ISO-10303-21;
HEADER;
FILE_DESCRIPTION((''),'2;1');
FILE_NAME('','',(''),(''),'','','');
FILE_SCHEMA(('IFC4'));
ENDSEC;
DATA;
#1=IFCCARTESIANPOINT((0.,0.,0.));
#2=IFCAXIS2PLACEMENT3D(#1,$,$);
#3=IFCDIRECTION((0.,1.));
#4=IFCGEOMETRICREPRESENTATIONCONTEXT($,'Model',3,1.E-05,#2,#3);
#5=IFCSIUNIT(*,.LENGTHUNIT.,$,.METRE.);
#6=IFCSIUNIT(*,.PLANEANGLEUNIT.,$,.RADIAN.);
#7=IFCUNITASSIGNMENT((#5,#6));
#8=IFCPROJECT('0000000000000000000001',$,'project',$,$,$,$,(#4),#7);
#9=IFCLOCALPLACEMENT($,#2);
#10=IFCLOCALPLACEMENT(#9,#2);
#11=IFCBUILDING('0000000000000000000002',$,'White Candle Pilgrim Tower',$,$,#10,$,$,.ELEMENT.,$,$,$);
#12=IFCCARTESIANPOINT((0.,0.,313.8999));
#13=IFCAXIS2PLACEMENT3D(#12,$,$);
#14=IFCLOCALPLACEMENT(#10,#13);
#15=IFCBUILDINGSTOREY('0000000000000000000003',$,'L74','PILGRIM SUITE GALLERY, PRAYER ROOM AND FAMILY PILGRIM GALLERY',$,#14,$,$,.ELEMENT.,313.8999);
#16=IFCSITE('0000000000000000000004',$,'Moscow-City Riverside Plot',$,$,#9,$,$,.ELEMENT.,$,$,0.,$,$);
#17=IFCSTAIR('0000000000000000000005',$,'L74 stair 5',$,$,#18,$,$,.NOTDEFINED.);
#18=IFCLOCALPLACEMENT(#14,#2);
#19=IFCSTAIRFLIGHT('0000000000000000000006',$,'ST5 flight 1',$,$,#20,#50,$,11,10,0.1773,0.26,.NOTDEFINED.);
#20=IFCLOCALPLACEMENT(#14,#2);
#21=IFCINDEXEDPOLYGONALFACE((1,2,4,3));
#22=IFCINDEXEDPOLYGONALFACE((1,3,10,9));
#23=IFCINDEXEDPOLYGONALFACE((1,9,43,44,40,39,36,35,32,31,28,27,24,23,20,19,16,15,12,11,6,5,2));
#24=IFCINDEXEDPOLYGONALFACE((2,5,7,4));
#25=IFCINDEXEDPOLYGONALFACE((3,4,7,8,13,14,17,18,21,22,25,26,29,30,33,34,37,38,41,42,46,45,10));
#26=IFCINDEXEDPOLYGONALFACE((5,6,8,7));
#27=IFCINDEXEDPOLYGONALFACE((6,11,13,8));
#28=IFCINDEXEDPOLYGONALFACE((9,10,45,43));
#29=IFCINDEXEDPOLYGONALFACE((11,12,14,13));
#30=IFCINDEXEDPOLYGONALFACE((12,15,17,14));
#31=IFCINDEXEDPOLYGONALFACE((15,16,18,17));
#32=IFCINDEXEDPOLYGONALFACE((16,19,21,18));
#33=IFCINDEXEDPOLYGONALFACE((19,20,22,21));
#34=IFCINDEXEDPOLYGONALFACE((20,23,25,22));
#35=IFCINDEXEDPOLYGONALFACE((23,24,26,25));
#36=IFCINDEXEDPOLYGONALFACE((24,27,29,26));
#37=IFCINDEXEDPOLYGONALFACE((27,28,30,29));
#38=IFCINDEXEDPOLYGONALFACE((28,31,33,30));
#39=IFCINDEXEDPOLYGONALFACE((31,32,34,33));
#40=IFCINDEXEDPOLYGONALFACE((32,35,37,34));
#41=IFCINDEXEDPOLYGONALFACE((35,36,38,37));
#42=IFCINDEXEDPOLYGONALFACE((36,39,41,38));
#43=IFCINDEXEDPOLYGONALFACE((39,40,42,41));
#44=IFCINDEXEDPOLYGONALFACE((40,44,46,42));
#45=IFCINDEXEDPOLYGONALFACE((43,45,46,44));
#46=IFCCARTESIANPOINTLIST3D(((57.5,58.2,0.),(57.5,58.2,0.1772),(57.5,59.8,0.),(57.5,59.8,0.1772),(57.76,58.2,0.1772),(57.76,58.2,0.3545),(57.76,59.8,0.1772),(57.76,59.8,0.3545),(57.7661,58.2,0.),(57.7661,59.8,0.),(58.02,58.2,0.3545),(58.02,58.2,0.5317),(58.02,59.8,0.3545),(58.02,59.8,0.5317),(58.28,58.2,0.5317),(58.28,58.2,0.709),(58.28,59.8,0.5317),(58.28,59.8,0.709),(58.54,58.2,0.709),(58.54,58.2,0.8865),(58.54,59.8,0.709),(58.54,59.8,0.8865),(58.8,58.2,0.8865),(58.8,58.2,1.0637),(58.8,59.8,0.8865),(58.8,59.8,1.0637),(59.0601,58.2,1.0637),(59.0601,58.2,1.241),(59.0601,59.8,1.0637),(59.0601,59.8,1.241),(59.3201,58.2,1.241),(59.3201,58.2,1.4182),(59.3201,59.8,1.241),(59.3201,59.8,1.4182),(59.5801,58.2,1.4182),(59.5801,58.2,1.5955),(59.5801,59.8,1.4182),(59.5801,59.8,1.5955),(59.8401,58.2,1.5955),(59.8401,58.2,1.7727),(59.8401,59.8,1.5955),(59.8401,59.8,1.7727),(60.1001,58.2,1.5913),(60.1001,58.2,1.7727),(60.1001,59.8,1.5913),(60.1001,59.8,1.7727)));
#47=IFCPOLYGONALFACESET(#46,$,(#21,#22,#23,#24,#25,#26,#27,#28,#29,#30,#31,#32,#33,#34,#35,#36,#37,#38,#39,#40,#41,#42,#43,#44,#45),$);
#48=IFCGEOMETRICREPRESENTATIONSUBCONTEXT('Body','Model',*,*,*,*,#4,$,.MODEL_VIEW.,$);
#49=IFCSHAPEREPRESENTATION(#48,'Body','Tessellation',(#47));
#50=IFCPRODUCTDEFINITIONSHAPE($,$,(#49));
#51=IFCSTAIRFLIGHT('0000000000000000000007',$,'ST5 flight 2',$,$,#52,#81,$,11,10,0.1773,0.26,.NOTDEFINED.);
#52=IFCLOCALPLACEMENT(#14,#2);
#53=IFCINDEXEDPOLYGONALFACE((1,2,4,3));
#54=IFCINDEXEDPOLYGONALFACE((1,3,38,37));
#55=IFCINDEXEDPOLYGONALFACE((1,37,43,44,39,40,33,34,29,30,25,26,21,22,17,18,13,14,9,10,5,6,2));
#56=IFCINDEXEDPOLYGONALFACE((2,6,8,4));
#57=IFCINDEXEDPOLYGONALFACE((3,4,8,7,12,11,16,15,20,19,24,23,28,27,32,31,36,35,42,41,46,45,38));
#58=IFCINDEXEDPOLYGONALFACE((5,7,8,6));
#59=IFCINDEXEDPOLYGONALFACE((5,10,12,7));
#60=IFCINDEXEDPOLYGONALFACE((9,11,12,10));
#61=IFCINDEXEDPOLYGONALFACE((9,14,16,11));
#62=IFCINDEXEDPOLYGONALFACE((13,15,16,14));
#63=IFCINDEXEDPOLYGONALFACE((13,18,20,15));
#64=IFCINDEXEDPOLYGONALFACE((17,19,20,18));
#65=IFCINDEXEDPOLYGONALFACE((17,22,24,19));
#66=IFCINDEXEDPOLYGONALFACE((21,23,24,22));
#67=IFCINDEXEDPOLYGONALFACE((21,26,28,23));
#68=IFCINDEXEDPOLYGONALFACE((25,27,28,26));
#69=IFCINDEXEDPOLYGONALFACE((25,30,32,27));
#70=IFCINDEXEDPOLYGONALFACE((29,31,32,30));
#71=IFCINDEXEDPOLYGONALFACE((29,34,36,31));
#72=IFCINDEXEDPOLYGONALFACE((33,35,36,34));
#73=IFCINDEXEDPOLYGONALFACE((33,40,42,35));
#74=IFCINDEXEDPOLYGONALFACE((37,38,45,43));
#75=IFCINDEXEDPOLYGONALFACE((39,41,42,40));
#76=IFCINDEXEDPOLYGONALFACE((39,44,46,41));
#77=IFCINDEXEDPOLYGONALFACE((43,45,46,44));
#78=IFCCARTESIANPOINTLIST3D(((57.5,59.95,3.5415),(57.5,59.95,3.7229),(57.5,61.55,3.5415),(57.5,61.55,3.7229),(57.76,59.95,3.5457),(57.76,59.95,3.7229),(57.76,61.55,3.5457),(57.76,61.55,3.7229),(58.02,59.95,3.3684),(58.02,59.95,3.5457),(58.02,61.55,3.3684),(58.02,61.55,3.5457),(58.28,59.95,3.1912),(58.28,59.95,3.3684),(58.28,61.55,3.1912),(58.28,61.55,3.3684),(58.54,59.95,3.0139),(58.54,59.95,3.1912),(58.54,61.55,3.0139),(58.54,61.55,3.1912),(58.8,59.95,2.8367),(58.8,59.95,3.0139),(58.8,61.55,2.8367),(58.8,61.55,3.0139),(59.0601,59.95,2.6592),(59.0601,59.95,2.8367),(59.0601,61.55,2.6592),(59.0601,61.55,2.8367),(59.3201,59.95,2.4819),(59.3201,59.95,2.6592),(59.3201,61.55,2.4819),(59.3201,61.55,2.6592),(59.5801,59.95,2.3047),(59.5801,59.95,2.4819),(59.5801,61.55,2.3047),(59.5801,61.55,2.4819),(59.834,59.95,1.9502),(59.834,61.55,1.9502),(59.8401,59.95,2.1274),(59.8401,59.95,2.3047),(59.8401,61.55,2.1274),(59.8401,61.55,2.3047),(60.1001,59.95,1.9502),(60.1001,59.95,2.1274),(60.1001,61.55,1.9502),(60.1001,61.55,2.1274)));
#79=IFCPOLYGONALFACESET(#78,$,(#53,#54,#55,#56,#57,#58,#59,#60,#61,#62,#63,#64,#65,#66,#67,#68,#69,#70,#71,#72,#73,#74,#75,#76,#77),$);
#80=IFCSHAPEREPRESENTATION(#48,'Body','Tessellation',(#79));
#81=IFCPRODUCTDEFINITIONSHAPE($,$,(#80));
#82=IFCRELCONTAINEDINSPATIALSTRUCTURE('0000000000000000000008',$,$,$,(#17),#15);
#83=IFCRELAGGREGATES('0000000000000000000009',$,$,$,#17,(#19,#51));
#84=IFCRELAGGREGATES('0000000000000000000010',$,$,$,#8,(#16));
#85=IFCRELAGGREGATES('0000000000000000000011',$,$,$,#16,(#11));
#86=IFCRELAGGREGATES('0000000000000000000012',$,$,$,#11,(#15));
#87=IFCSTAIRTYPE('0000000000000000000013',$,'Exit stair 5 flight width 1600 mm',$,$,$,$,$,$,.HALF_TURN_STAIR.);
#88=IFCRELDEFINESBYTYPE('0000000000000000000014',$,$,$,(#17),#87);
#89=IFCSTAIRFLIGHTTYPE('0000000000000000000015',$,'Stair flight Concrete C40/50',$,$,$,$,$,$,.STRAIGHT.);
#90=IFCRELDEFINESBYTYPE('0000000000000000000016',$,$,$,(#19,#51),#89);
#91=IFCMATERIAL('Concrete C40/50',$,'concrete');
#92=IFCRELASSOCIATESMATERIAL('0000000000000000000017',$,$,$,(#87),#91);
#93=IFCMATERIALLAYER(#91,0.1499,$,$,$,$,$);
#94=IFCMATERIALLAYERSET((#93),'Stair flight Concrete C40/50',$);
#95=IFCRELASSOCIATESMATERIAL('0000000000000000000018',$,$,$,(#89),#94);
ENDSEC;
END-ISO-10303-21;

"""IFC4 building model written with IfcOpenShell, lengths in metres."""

from ifc_helpers import new_model, si_unit, direction, frame, origin, place, context, subcontext, project, spatial, polyline, outline, extrude, material, layer, layer_set, type_object, element, aggregate, save


model = new_model("IFC4")

# Units and contexts
model_context = context("Model", 3, precision=1e-05, world=origin(), true_north=direction((0.0, 1.0)))
body_context = subcontext(model_context, "Body", "Model", "MODEL_VIEW")
ifc_project = project(units=[si_unit("LENGTHUNIT", "METRE"), si_unit("PLANEANGLEUNIT", "RADIAN")], contexts=[model_context])

# Site, building, storey
site_placement = place(None, origin())
site = spatial("IfcSite", under=ifc_project, at=site_placement, Name="Moscow-City Riverside Plot", CompositionType="ELEMENT", RefElevation=0.0)
building_placement = place(site_placement, origin())
building = spatial("IfcBuilding", under=site, at=building_placement, Name="White Candle Pilgrim Tower", CompositionType="ELEMENT")
storey_placement = place(building_placement, frame((0.0, 0.0, 313.8999)))
storey = spatial("IfcBuildingStorey", under=building, at=storey_placement, Name="L74", Description="PILGRIM SUITE GALLERY, PRAYER ROOM AND FAMILY PILGRIM GALLERY", CompositionType="ELEMENT", Elevation=313.8999)

# Shared definitions
ifc_material_1 = material(Name="Concrete C40/50", Category="concrete")

# Stair, stair flights
stair_type = type_object("IfcStairType", Name="Exit stair 5 flight width 1600 mm", PredefinedType="HALF_TURN_STAIR", material=ifc_material_1)
stair_placement = place(storey_placement, origin())
stair = element("IfcStair", 1, at=stair_placement, inside=storey, type_object=stair_type, Name="L74 stair 5", PredefinedType="NOTDEFINED")
ifc_layer_1 = layer(ifc_material_1, 0.1499)
ifc_layer_set_1 = layer_set([ifc_layer_1], Name="Stair flight Concrete C40/50")
stair_flight_type = type_object("IfcStairFlightType", Name="Stair flight Concrete C40/50", PredefinedType="STRAIGHT", material=ifc_layer_set_1)
stair_flight_1_placement = place(storey_placement, frame((57.5, 59.0, 0.0), z_axis=(0.0, 0.0, 1.0), x_axis=(1.0, 0.0, 0.0)))
stair_flight_1 = element("IfcStairFlight", 2, at=stair_flight_1_placement, type_object=stair_flight_type, Name="ST5 flight 1", NumberOfRisers=11, NumberOfTreads=10, PredefinedType="NOTDEFINED", RiserHeight=0.1773, TreadLength=0.26, context=body_context, shape_type="SweptSolid", body=[
    extrude(outline(polyline([(0.0, 0.0), (0.0, 0.1772), (0.26, 0.1772), (0.26, 0.3545), (0.52, 0.3545), (0.52, 0.5317), (0.78, 0.5317), (0.78, 0.709), (1.04, 0.709), (1.04, 0.8865), (1.3, 0.8865), (1.3, 1.0637), (1.5601, 1.0637), (1.5601, 1.241), (1.8201, 1.241), (1.8201, 1.4182), (2.0801, 1.4182), (2.0801, 1.5955), (2.3401, 1.5955), (2.3401, 1.7727), (2.6001, 1.7727), (2.6001, 1.95), (2.6001, 1.5913), (0.2661, 0.0), (0.0, 0.0)])), frame((0.0, 0.8, 0.0), z_axis=(0.0, -1.0, 0.0), x_axis=(1.0, 0.0, 0.0)), (0.0, 0.0, 1.0), 1.6001),
])
stair_flight_2_placement = place(storey_placement, frame((60.1001, 60.75, 1.9502), z_axis=(0.0, 0.0, 1.0), x_axis=(-1.0, 0.0, 0.0)))
stair_flight_2 = element("IfcStairFlight", 3, at=stair_flight_2_placement, type_object=stair_flight_type, Name="ST5 flight 2", NumberOfRisers=11, NumberOfTreads=10, PredefinedType="NOTDEFINED", RiserHeight=0.1773, TreadLength=0.26, context=body_context, shape_type="SweptSolid", body=[
    extrude(outline(polyline([(0.0, 0.0), (0.0, 0.1772), (0.26, 0.1772), (0.26, 0.3545), (0.52, 0.3545), (0.52, 0.5317), (0.78, 0.5317), (0.78, 0.709), (1.04, 0.709), (1.04, 0.8865), (1.3, 0.8865), (1.3, 1.0637), (1.5601, 1.0637), (1.5601, 1.241), (1.8201, 1.241), (1.8201, 1.4182), (2.0801, 1.4182), (2.0801, 1.5955), (2.3401, 1.5955), (2.3401, 1.7727), (2.6001, 1.7727), (2.6001, 1.95), (2.6001, 1.5913), (0.2661, 0.0), (0.0, 0.0)])), frame((0.0, 0.8, 0.0), z_axis=(0.0, -1.0, 0.0), x_axis=(1.0, 0.0, 0.0)), (0.0, 0.0, 1.0), 1.6001),
])
aggregate(stair, [stair_flight_1, stair_flight_2])

save(model, "model.ifc")
